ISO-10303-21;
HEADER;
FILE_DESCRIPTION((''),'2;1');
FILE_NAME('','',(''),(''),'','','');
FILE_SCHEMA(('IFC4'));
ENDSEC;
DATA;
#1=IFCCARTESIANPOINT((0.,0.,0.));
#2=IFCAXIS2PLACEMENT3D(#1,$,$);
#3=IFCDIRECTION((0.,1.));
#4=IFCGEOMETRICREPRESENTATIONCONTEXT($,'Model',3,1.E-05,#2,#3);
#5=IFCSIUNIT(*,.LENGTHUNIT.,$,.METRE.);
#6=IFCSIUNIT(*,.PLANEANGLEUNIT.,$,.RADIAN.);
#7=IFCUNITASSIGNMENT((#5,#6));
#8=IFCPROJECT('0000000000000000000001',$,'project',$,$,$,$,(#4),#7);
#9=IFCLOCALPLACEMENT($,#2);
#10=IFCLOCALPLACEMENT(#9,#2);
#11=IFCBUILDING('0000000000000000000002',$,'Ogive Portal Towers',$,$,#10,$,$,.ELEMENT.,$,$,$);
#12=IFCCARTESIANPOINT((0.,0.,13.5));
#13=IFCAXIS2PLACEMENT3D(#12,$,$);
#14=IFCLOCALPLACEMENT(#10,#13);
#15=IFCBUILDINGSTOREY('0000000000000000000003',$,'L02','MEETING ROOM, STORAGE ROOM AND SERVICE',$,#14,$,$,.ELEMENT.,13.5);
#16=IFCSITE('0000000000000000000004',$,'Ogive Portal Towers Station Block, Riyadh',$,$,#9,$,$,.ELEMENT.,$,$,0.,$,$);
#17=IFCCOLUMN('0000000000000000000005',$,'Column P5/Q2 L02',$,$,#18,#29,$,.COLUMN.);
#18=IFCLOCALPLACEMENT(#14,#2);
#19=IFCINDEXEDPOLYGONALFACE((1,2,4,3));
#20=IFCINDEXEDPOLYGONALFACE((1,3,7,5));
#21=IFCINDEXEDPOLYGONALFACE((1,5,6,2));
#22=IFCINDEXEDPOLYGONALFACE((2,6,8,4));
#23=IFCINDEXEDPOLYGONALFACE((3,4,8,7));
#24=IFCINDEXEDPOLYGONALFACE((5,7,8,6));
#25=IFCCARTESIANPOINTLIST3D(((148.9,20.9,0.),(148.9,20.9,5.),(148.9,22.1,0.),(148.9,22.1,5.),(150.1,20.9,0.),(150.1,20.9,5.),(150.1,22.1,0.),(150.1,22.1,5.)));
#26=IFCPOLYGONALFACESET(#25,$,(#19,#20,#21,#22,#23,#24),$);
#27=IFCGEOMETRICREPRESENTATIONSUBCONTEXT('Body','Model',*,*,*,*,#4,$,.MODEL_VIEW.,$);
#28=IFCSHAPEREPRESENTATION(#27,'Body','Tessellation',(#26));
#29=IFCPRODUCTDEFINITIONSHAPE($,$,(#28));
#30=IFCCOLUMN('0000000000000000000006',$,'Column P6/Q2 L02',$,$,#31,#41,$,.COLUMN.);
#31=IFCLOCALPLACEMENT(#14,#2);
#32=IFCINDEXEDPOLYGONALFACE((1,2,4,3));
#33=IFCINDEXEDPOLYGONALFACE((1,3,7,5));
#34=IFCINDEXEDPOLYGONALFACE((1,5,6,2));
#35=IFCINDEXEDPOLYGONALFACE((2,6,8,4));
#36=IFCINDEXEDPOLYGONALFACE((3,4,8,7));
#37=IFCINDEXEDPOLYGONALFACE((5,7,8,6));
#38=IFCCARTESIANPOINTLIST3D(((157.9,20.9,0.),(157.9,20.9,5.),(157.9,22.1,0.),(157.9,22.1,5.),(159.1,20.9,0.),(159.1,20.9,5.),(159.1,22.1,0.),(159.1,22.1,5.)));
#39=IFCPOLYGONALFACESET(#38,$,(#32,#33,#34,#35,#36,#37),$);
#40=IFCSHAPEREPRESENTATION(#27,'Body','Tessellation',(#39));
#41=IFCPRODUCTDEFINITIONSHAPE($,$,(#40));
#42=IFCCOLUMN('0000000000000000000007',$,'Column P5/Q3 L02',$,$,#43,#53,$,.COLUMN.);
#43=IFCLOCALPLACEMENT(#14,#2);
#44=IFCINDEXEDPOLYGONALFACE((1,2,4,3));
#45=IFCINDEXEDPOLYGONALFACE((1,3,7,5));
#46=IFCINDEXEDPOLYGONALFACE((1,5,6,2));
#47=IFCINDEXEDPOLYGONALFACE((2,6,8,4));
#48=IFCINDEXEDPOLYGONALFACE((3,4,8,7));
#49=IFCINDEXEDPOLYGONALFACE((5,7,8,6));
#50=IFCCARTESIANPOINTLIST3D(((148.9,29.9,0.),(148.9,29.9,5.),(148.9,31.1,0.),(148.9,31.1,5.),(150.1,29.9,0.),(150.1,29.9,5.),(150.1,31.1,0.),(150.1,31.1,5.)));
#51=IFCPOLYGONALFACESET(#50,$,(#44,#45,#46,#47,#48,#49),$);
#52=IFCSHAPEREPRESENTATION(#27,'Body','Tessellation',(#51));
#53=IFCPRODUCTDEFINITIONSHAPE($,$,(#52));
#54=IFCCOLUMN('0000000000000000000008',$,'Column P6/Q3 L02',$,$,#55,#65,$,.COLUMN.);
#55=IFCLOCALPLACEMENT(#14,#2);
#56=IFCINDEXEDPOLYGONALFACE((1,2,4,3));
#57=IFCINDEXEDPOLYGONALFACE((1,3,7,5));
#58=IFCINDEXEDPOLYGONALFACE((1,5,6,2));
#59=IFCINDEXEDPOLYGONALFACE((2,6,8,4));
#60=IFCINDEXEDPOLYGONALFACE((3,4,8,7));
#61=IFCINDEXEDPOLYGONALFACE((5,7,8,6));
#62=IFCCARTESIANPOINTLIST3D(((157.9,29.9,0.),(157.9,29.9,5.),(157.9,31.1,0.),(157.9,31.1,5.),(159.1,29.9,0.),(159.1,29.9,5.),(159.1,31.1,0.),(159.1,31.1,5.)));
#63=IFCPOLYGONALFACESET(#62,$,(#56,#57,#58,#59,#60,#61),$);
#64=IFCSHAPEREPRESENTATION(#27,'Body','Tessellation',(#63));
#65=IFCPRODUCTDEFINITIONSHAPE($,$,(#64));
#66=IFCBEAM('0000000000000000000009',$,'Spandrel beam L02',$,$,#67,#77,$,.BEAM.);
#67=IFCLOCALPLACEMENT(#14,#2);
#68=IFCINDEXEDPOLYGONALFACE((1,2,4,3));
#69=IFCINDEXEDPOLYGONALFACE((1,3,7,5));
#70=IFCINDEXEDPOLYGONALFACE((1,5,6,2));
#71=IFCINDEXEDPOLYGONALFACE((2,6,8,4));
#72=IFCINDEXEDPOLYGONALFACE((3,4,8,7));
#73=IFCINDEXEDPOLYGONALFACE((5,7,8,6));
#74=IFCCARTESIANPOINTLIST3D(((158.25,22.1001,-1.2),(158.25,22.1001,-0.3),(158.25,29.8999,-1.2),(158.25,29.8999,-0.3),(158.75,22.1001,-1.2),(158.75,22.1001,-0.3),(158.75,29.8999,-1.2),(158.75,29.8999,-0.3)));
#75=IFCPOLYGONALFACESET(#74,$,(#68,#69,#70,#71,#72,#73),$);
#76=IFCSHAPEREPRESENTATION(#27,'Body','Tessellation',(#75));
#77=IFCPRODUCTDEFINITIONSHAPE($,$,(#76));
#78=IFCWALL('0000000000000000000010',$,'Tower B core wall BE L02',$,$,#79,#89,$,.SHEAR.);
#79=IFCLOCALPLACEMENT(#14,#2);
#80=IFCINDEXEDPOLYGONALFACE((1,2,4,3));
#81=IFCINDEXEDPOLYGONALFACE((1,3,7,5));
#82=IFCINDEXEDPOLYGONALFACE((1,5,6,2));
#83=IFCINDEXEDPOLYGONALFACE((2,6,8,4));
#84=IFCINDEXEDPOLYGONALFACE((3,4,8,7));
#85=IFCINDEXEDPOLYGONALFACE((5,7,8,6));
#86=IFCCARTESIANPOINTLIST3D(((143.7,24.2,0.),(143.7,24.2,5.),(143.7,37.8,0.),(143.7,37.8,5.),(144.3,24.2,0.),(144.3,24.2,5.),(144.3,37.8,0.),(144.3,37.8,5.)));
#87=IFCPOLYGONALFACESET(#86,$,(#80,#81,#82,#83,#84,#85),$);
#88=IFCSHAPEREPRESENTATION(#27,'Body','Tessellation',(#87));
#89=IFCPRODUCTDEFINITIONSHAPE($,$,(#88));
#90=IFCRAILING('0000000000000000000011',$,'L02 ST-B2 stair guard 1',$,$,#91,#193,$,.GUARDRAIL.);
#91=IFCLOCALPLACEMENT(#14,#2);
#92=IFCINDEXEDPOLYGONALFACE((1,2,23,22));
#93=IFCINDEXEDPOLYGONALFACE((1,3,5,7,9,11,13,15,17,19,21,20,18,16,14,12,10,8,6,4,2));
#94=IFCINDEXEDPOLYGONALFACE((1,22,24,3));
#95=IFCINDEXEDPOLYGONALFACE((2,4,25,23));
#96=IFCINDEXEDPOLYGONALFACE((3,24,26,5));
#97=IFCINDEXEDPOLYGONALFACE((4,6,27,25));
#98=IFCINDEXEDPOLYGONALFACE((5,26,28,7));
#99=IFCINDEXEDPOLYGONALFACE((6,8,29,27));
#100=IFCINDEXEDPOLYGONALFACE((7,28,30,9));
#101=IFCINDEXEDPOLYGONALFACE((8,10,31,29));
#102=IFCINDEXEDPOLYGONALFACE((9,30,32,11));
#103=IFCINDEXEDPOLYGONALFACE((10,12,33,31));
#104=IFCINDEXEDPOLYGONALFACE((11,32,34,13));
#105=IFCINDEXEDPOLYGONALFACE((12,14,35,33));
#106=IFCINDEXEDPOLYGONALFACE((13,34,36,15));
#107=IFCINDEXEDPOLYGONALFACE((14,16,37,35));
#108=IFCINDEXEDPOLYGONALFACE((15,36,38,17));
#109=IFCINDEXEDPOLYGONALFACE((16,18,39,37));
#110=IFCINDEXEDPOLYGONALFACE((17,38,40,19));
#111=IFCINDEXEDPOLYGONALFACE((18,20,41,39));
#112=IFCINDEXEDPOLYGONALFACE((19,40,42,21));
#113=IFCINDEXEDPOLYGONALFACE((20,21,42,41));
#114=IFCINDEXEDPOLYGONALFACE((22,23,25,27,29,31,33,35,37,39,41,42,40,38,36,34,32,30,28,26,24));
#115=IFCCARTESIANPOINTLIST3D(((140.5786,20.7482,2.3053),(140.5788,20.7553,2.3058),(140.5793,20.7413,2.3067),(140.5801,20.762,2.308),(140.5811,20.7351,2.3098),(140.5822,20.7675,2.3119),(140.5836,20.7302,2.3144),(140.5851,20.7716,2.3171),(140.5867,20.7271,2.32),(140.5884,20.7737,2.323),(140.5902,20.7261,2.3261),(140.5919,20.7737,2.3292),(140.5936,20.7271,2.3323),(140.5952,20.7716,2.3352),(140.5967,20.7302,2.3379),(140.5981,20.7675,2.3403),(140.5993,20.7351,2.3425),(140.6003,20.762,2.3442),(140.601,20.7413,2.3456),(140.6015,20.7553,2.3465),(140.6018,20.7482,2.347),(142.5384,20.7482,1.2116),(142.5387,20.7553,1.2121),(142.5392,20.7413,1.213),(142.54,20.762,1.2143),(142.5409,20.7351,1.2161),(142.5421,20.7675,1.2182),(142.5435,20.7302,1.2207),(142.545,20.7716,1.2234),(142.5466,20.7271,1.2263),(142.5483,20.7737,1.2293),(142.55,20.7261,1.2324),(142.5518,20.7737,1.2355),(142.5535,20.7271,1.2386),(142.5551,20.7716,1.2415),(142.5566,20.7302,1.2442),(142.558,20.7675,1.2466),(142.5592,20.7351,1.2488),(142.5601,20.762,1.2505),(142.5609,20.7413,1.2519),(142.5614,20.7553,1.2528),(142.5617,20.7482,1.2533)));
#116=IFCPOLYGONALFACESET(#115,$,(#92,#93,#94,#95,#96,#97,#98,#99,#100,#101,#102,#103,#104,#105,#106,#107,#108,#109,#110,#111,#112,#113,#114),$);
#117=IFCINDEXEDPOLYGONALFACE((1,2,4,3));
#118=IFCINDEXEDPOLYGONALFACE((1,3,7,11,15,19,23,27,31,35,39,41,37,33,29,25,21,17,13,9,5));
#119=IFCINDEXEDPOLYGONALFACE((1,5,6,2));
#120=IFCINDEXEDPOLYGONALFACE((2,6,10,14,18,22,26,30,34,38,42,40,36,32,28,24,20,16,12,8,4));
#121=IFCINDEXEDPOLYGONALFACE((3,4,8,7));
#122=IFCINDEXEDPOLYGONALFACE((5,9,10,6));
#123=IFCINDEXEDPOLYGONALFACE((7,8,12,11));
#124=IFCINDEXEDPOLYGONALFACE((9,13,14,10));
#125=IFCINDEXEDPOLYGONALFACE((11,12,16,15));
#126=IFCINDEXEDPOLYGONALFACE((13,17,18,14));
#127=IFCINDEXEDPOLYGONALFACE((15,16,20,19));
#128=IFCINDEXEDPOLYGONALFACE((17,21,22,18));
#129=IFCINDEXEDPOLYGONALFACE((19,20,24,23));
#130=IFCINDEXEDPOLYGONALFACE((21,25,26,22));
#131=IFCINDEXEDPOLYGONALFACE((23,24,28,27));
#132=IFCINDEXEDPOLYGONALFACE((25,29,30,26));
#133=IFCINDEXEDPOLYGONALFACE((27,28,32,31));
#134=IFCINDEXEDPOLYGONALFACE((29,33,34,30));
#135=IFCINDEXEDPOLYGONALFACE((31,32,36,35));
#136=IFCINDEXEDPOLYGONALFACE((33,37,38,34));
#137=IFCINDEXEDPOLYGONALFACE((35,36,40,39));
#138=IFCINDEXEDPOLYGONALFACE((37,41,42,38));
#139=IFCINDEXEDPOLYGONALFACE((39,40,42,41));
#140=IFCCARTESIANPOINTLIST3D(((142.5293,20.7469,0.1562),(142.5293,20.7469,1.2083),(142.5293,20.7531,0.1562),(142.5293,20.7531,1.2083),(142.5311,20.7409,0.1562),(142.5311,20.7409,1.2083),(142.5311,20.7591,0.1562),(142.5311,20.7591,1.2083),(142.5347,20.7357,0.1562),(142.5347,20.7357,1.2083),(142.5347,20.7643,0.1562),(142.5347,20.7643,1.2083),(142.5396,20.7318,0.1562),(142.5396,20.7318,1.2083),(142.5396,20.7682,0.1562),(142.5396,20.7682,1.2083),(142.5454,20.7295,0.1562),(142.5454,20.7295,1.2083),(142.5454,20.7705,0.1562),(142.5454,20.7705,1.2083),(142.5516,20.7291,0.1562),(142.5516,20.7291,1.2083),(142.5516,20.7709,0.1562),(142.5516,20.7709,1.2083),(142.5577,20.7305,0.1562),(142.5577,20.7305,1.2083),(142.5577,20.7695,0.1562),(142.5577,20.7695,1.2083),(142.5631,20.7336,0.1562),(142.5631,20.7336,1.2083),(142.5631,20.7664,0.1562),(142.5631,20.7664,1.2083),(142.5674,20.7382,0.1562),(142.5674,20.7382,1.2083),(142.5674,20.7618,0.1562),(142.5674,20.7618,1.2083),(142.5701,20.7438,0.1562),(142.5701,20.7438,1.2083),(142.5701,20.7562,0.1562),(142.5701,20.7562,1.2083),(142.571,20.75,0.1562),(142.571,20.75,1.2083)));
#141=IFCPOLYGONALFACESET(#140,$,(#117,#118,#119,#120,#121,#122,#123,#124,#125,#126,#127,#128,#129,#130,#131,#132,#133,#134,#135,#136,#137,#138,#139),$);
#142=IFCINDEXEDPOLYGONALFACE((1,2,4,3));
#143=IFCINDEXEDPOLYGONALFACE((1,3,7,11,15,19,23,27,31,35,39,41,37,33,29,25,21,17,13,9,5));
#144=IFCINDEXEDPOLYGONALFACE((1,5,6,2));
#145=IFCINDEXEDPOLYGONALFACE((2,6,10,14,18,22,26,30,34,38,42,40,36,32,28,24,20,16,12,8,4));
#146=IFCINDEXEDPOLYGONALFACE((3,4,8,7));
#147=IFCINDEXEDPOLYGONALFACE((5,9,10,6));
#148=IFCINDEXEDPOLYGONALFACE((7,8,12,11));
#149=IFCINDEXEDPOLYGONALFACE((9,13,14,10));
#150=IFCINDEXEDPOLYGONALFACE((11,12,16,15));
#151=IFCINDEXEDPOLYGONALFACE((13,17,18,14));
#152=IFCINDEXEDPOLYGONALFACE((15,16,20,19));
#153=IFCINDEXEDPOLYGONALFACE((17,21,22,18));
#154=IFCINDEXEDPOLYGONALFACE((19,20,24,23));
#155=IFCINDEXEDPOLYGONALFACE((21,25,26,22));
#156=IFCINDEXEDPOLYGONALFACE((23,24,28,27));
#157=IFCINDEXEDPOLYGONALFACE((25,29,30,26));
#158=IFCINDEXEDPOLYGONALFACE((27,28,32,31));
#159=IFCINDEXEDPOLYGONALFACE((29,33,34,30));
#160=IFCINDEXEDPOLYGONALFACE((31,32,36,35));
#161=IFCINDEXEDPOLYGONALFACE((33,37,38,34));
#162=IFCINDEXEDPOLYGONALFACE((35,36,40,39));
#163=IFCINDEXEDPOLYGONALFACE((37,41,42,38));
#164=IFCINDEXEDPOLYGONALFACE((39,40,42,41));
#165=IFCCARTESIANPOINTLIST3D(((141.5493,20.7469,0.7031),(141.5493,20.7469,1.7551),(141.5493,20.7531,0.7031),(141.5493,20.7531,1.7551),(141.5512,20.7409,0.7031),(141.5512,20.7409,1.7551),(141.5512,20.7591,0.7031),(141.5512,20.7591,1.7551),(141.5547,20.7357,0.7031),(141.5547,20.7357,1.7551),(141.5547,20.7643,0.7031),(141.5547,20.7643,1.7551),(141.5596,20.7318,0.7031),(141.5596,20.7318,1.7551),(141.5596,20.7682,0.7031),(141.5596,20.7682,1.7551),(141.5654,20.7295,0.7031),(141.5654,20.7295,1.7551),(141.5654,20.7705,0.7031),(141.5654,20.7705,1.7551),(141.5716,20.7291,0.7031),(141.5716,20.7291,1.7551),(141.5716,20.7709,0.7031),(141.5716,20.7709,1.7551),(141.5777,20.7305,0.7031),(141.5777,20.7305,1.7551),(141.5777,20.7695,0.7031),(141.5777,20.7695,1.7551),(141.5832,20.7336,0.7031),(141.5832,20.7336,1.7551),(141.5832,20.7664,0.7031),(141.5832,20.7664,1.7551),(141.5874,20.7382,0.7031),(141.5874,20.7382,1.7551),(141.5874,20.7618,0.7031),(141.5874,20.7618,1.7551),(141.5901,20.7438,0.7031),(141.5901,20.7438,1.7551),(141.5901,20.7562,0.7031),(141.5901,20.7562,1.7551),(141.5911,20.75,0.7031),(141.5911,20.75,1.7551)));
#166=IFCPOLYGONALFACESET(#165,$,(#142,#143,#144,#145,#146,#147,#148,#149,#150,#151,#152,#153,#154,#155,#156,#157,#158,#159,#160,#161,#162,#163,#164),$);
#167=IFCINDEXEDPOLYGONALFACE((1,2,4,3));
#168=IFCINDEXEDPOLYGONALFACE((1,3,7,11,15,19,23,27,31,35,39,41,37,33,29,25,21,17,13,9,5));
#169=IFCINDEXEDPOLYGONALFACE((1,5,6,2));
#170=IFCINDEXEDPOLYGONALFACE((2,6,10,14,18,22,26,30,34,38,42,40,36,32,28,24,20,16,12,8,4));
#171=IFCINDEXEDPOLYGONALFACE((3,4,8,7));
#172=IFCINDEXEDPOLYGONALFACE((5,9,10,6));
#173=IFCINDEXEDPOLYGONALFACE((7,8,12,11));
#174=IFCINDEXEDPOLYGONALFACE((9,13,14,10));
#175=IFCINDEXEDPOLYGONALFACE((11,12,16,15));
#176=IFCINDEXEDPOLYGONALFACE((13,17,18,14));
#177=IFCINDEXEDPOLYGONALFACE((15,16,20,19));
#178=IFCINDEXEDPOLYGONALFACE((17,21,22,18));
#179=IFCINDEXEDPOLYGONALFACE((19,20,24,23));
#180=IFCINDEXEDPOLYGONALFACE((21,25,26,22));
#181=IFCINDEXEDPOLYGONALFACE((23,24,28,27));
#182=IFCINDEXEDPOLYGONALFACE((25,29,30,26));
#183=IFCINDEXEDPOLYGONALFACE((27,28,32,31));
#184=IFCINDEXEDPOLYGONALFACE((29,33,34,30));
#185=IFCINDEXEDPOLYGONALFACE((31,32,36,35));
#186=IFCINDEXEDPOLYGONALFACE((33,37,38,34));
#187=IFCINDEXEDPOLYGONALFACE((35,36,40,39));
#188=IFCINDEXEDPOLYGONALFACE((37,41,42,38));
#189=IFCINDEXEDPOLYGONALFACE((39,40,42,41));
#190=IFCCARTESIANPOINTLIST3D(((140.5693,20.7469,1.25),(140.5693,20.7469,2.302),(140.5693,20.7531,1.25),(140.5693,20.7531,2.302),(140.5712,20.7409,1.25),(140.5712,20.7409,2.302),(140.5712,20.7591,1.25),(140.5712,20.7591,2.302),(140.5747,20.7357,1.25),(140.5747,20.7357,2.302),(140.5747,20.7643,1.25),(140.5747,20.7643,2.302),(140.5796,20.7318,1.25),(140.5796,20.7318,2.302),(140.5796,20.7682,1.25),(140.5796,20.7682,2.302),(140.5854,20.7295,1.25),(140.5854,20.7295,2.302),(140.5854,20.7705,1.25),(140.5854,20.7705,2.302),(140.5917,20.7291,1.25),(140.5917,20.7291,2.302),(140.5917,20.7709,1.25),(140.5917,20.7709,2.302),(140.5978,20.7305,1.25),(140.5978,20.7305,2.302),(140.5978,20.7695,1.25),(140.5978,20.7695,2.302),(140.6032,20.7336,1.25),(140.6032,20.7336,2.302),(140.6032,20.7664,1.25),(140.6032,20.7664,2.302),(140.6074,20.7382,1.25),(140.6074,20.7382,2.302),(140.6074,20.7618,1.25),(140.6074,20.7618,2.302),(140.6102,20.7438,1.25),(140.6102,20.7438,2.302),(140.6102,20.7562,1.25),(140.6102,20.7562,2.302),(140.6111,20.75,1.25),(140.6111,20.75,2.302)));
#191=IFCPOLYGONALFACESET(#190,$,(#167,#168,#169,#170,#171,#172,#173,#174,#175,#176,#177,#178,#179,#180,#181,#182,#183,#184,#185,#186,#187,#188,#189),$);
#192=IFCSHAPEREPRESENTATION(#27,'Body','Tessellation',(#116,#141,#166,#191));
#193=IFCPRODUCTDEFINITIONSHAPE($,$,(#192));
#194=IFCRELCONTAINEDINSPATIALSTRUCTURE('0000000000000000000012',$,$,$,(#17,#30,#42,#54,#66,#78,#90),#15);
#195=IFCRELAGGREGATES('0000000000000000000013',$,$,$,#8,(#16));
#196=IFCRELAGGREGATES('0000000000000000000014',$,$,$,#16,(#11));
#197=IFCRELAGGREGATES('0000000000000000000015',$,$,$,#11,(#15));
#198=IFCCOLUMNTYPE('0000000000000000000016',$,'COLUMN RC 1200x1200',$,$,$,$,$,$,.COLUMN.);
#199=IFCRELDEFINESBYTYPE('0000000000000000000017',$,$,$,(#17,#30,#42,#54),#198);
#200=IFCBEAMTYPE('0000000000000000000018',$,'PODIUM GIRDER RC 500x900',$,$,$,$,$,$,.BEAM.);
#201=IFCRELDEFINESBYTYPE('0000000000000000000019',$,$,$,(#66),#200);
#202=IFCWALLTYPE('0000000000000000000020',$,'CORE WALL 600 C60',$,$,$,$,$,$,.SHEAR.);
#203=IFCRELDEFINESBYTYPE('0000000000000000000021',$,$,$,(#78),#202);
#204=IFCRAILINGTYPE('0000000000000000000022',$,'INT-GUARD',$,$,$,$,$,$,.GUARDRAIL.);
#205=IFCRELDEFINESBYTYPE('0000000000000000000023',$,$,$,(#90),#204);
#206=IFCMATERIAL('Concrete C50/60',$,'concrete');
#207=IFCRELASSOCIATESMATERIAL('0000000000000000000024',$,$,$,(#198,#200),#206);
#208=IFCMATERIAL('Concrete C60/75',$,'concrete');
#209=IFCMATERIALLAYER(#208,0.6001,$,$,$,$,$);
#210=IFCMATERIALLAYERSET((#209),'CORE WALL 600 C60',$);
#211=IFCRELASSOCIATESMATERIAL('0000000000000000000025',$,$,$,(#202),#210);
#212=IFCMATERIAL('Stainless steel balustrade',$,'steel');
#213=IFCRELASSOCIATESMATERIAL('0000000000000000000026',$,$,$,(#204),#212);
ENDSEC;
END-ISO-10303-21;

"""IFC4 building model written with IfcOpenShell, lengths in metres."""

from ifc_helpers import new_model, si_unit, direction, frame, frame_2d, origin, origin_2d, place, context, subcontext, project, spatial, rectangle, circle, extrude, material, layer, layer_set, material_profile, profile_set, type_object, element, save


model = new_model("IFC4")

# Units and contexts
model_context = context("Model", 3, precision=1e-05, world=origin(), true_north=direction((0.0, 1.0)))
body_context = subcontext(model_context, "Body", "Model", "MODEL_VIEW")
ifc_project = project(units=[si_unit("LENGTHUNIT", "METRE"), si_unit("PLANEANGLEUNIT", "RADIAN")], contexts=[model_context])

# Site, building, storey
site_placement = place(None, origin())
site = spatial("IfcSite", under=ifc_project, at=site_placement, Name="Ogive Portal Towers Station Block, Riyadh", CompositionType="ELEMENT", RefElevation=0.0)
building_placement = place(site_placement, origin())
building = spatial("IfcBuilding", under=site, at=building_placement, Name="Ogive Portal Towers", CompositionType="ELEMENT")
storey_placement = place(building_placement, frame((0.0, 0.0, 13.5)))
storey = spatial("IfcBuildingStorey", under=building, at=storey_placement, Name="L02", Description="MEETING ROOM, STORAGE ROOM AND SERVICE", CompositionType="ELEMENT", Elevation=13.5)

# Columns
ifc_material_1 = material(Name="Concrete C50/60", Category="concrete")
ifc_material_profile_1 = material_profile(ifc_material_1, rectangle(XDim=1.2, YDim=1.2, at=origin_2d()), Name="RC 1200x1200")
ifc_profile_set_1 = profile_set([ifc_material_profile_1], Name="Concrete C50/60")
column_type = type_object("IfcColumnType", Name="COLUMN RC 1200x1200", PredefinedType="COLUMN", material=ifc_profile_set_1)
for number, where, z_axis, x_axis, name in (
    (1, (149.5, 21.5, 0.0), (0.0, 0.0, 1.0), (1.0, 0.0, 0.0), "Column P5/Q2 L02"),
    (2, (158.5, 21.5, 0.0), (0.0, 0.0, 1.0), (1.0, 0.0, 0.0), "Column P6/Q2 L02"),
    (3, (149.5, 30.5, 0.0), (0.0, 0.0, 1.0), (1.0, 0.0, 0.0), "Column P5/Q3 L02"),
    (4, (158.5, 30.5, 0.0), (0.0, 0.0, 1.0), (1.0, 0.0, 0.0), "Column P6/Q3 L02"),
):
    element("IfcColumn", number, at=place(storey_placement, frame(where, z_axis=z_axis, x_axis=x_axis)), inside=storey, type_object=column_type, Name=name, PredefinedType="COLUMN", context=body_context, shape_type="SweptSolid", body=[
        extrude(rectangle(XDim=1.2, YDim=1.2, at=origin_2d()), origin(), (0.0, 0.0, 1.0), 5.0),
    ])

# Beam
ifc_material_profile_2 = material_profile(ifc_material_1, rectangle(XDim=0.5, YDim=0.8999, at=origin_2d()), Name="RC 500x900")
ifc_profile_set_2 = profile_set([ifc_material_profile_2], Name="Concrete C50/60")
beam_type = type_object("IfcBeamType", Name="PODIUM GIRDER RC 500x900", PredefinedType="BEAM", material=ifc_profile_set_2)
beam_placement = place(storey_placement, frame((158.5, 22.1001, -0.75), z_axis=(0.0, 1.0, 0.0), x_axis=(-1.0, 0.0, 0.0)))
element("IfcBeam", 5, at=beam_placement, inside=storey, type_object=beam_type, Name="Spandrel beam L02", PredefinedType="BEAM", context=body_context, shape_type="SweptSolid", body=[
    extrude(rectangle(XDim=0.5, YDim=0.8999, at=origin_2d()), origin(), (0.0, 0.0, 1.0), 7.7998),
])

# Wall
ifc_material_2 = material(Name="Concrete C60/75", Category="concrete")
ifc_layer_1 = layer(ifc_material_2, 0.6001)
ifc_layer_set_1 = layer_set([ifc_layer_1], Name="CORE WALL 600 C60")
wall_type = type_object("IfcWallType", Name="CORE WALL 600 C60", PredefinedType="SHEAR", material=ifc_layer_set_1)
wall_placement = place(storey_placement, frame((144.0, 24.2, 0.0), z_axis=(0.0, 0.0, 1.0), x_axis=(0.0, 1.0, 0.0)))
element("IfcWall", 6, at=wall_placement, inside=storey, type_object=wall_type, Name="Tower B core wall BE L02", PredefinedType="SHEAR", context=body_context, shape_type="SweptSolid", body=[
    extrude(rectangle(XDim=13.6001, YDim=0.6001, at=frame_2d((6.8, 0.0))), origin(), (0.0, 0.0, 1.0), 5.0),
])

# Railing
ifc_material_3 = material(Name="Stainless steel balustrade", Category="steel")
railing_type_1 = type_object("IfcRailingType", Name="INT-GUARD", PredefinedType="GUARDRAIL", material=ifc_material_3)
railing_1_placement = place(storey_placement, frame((142.55, 20.75, 0.1562)))
element("IfcRailing", 7, at=railing_1_placement, inside=storey, type_object=railing_type_1, Name="L02 ST-B2 stair guard 1", PredefinedType="GUARDRAIL", context=body_context, shape_type="SweptSolid", body=[
    extrude(circle(Radius=0.0239, at=origin_2d()), frame((0.0, 0.0, 1.0762), z_axis=(-0.873232, 0.0, 0.487304), x_axis=(0.0, -1.0, 0.0)), (0.0, 0.0, 1.0), 2.2444),
    extrude(circle(Radius=0.021, at=origin_2d()), origin(), (0.0, 0.0, 1.0), 1.052),
    extrude(circle(Radius=0.021, at=origin_2d()), frame((-0.98, 0.0, 0.5469)), (0.0, 0.0, 1.0), 1.052),
    extrude(circle(Radius=0.021, at=origin_2d()), frame((-1.96, 0.0, 1.0938)), (0.0, 0.0, 1.0), 1.052),
])

save(model, "model.ifc")
